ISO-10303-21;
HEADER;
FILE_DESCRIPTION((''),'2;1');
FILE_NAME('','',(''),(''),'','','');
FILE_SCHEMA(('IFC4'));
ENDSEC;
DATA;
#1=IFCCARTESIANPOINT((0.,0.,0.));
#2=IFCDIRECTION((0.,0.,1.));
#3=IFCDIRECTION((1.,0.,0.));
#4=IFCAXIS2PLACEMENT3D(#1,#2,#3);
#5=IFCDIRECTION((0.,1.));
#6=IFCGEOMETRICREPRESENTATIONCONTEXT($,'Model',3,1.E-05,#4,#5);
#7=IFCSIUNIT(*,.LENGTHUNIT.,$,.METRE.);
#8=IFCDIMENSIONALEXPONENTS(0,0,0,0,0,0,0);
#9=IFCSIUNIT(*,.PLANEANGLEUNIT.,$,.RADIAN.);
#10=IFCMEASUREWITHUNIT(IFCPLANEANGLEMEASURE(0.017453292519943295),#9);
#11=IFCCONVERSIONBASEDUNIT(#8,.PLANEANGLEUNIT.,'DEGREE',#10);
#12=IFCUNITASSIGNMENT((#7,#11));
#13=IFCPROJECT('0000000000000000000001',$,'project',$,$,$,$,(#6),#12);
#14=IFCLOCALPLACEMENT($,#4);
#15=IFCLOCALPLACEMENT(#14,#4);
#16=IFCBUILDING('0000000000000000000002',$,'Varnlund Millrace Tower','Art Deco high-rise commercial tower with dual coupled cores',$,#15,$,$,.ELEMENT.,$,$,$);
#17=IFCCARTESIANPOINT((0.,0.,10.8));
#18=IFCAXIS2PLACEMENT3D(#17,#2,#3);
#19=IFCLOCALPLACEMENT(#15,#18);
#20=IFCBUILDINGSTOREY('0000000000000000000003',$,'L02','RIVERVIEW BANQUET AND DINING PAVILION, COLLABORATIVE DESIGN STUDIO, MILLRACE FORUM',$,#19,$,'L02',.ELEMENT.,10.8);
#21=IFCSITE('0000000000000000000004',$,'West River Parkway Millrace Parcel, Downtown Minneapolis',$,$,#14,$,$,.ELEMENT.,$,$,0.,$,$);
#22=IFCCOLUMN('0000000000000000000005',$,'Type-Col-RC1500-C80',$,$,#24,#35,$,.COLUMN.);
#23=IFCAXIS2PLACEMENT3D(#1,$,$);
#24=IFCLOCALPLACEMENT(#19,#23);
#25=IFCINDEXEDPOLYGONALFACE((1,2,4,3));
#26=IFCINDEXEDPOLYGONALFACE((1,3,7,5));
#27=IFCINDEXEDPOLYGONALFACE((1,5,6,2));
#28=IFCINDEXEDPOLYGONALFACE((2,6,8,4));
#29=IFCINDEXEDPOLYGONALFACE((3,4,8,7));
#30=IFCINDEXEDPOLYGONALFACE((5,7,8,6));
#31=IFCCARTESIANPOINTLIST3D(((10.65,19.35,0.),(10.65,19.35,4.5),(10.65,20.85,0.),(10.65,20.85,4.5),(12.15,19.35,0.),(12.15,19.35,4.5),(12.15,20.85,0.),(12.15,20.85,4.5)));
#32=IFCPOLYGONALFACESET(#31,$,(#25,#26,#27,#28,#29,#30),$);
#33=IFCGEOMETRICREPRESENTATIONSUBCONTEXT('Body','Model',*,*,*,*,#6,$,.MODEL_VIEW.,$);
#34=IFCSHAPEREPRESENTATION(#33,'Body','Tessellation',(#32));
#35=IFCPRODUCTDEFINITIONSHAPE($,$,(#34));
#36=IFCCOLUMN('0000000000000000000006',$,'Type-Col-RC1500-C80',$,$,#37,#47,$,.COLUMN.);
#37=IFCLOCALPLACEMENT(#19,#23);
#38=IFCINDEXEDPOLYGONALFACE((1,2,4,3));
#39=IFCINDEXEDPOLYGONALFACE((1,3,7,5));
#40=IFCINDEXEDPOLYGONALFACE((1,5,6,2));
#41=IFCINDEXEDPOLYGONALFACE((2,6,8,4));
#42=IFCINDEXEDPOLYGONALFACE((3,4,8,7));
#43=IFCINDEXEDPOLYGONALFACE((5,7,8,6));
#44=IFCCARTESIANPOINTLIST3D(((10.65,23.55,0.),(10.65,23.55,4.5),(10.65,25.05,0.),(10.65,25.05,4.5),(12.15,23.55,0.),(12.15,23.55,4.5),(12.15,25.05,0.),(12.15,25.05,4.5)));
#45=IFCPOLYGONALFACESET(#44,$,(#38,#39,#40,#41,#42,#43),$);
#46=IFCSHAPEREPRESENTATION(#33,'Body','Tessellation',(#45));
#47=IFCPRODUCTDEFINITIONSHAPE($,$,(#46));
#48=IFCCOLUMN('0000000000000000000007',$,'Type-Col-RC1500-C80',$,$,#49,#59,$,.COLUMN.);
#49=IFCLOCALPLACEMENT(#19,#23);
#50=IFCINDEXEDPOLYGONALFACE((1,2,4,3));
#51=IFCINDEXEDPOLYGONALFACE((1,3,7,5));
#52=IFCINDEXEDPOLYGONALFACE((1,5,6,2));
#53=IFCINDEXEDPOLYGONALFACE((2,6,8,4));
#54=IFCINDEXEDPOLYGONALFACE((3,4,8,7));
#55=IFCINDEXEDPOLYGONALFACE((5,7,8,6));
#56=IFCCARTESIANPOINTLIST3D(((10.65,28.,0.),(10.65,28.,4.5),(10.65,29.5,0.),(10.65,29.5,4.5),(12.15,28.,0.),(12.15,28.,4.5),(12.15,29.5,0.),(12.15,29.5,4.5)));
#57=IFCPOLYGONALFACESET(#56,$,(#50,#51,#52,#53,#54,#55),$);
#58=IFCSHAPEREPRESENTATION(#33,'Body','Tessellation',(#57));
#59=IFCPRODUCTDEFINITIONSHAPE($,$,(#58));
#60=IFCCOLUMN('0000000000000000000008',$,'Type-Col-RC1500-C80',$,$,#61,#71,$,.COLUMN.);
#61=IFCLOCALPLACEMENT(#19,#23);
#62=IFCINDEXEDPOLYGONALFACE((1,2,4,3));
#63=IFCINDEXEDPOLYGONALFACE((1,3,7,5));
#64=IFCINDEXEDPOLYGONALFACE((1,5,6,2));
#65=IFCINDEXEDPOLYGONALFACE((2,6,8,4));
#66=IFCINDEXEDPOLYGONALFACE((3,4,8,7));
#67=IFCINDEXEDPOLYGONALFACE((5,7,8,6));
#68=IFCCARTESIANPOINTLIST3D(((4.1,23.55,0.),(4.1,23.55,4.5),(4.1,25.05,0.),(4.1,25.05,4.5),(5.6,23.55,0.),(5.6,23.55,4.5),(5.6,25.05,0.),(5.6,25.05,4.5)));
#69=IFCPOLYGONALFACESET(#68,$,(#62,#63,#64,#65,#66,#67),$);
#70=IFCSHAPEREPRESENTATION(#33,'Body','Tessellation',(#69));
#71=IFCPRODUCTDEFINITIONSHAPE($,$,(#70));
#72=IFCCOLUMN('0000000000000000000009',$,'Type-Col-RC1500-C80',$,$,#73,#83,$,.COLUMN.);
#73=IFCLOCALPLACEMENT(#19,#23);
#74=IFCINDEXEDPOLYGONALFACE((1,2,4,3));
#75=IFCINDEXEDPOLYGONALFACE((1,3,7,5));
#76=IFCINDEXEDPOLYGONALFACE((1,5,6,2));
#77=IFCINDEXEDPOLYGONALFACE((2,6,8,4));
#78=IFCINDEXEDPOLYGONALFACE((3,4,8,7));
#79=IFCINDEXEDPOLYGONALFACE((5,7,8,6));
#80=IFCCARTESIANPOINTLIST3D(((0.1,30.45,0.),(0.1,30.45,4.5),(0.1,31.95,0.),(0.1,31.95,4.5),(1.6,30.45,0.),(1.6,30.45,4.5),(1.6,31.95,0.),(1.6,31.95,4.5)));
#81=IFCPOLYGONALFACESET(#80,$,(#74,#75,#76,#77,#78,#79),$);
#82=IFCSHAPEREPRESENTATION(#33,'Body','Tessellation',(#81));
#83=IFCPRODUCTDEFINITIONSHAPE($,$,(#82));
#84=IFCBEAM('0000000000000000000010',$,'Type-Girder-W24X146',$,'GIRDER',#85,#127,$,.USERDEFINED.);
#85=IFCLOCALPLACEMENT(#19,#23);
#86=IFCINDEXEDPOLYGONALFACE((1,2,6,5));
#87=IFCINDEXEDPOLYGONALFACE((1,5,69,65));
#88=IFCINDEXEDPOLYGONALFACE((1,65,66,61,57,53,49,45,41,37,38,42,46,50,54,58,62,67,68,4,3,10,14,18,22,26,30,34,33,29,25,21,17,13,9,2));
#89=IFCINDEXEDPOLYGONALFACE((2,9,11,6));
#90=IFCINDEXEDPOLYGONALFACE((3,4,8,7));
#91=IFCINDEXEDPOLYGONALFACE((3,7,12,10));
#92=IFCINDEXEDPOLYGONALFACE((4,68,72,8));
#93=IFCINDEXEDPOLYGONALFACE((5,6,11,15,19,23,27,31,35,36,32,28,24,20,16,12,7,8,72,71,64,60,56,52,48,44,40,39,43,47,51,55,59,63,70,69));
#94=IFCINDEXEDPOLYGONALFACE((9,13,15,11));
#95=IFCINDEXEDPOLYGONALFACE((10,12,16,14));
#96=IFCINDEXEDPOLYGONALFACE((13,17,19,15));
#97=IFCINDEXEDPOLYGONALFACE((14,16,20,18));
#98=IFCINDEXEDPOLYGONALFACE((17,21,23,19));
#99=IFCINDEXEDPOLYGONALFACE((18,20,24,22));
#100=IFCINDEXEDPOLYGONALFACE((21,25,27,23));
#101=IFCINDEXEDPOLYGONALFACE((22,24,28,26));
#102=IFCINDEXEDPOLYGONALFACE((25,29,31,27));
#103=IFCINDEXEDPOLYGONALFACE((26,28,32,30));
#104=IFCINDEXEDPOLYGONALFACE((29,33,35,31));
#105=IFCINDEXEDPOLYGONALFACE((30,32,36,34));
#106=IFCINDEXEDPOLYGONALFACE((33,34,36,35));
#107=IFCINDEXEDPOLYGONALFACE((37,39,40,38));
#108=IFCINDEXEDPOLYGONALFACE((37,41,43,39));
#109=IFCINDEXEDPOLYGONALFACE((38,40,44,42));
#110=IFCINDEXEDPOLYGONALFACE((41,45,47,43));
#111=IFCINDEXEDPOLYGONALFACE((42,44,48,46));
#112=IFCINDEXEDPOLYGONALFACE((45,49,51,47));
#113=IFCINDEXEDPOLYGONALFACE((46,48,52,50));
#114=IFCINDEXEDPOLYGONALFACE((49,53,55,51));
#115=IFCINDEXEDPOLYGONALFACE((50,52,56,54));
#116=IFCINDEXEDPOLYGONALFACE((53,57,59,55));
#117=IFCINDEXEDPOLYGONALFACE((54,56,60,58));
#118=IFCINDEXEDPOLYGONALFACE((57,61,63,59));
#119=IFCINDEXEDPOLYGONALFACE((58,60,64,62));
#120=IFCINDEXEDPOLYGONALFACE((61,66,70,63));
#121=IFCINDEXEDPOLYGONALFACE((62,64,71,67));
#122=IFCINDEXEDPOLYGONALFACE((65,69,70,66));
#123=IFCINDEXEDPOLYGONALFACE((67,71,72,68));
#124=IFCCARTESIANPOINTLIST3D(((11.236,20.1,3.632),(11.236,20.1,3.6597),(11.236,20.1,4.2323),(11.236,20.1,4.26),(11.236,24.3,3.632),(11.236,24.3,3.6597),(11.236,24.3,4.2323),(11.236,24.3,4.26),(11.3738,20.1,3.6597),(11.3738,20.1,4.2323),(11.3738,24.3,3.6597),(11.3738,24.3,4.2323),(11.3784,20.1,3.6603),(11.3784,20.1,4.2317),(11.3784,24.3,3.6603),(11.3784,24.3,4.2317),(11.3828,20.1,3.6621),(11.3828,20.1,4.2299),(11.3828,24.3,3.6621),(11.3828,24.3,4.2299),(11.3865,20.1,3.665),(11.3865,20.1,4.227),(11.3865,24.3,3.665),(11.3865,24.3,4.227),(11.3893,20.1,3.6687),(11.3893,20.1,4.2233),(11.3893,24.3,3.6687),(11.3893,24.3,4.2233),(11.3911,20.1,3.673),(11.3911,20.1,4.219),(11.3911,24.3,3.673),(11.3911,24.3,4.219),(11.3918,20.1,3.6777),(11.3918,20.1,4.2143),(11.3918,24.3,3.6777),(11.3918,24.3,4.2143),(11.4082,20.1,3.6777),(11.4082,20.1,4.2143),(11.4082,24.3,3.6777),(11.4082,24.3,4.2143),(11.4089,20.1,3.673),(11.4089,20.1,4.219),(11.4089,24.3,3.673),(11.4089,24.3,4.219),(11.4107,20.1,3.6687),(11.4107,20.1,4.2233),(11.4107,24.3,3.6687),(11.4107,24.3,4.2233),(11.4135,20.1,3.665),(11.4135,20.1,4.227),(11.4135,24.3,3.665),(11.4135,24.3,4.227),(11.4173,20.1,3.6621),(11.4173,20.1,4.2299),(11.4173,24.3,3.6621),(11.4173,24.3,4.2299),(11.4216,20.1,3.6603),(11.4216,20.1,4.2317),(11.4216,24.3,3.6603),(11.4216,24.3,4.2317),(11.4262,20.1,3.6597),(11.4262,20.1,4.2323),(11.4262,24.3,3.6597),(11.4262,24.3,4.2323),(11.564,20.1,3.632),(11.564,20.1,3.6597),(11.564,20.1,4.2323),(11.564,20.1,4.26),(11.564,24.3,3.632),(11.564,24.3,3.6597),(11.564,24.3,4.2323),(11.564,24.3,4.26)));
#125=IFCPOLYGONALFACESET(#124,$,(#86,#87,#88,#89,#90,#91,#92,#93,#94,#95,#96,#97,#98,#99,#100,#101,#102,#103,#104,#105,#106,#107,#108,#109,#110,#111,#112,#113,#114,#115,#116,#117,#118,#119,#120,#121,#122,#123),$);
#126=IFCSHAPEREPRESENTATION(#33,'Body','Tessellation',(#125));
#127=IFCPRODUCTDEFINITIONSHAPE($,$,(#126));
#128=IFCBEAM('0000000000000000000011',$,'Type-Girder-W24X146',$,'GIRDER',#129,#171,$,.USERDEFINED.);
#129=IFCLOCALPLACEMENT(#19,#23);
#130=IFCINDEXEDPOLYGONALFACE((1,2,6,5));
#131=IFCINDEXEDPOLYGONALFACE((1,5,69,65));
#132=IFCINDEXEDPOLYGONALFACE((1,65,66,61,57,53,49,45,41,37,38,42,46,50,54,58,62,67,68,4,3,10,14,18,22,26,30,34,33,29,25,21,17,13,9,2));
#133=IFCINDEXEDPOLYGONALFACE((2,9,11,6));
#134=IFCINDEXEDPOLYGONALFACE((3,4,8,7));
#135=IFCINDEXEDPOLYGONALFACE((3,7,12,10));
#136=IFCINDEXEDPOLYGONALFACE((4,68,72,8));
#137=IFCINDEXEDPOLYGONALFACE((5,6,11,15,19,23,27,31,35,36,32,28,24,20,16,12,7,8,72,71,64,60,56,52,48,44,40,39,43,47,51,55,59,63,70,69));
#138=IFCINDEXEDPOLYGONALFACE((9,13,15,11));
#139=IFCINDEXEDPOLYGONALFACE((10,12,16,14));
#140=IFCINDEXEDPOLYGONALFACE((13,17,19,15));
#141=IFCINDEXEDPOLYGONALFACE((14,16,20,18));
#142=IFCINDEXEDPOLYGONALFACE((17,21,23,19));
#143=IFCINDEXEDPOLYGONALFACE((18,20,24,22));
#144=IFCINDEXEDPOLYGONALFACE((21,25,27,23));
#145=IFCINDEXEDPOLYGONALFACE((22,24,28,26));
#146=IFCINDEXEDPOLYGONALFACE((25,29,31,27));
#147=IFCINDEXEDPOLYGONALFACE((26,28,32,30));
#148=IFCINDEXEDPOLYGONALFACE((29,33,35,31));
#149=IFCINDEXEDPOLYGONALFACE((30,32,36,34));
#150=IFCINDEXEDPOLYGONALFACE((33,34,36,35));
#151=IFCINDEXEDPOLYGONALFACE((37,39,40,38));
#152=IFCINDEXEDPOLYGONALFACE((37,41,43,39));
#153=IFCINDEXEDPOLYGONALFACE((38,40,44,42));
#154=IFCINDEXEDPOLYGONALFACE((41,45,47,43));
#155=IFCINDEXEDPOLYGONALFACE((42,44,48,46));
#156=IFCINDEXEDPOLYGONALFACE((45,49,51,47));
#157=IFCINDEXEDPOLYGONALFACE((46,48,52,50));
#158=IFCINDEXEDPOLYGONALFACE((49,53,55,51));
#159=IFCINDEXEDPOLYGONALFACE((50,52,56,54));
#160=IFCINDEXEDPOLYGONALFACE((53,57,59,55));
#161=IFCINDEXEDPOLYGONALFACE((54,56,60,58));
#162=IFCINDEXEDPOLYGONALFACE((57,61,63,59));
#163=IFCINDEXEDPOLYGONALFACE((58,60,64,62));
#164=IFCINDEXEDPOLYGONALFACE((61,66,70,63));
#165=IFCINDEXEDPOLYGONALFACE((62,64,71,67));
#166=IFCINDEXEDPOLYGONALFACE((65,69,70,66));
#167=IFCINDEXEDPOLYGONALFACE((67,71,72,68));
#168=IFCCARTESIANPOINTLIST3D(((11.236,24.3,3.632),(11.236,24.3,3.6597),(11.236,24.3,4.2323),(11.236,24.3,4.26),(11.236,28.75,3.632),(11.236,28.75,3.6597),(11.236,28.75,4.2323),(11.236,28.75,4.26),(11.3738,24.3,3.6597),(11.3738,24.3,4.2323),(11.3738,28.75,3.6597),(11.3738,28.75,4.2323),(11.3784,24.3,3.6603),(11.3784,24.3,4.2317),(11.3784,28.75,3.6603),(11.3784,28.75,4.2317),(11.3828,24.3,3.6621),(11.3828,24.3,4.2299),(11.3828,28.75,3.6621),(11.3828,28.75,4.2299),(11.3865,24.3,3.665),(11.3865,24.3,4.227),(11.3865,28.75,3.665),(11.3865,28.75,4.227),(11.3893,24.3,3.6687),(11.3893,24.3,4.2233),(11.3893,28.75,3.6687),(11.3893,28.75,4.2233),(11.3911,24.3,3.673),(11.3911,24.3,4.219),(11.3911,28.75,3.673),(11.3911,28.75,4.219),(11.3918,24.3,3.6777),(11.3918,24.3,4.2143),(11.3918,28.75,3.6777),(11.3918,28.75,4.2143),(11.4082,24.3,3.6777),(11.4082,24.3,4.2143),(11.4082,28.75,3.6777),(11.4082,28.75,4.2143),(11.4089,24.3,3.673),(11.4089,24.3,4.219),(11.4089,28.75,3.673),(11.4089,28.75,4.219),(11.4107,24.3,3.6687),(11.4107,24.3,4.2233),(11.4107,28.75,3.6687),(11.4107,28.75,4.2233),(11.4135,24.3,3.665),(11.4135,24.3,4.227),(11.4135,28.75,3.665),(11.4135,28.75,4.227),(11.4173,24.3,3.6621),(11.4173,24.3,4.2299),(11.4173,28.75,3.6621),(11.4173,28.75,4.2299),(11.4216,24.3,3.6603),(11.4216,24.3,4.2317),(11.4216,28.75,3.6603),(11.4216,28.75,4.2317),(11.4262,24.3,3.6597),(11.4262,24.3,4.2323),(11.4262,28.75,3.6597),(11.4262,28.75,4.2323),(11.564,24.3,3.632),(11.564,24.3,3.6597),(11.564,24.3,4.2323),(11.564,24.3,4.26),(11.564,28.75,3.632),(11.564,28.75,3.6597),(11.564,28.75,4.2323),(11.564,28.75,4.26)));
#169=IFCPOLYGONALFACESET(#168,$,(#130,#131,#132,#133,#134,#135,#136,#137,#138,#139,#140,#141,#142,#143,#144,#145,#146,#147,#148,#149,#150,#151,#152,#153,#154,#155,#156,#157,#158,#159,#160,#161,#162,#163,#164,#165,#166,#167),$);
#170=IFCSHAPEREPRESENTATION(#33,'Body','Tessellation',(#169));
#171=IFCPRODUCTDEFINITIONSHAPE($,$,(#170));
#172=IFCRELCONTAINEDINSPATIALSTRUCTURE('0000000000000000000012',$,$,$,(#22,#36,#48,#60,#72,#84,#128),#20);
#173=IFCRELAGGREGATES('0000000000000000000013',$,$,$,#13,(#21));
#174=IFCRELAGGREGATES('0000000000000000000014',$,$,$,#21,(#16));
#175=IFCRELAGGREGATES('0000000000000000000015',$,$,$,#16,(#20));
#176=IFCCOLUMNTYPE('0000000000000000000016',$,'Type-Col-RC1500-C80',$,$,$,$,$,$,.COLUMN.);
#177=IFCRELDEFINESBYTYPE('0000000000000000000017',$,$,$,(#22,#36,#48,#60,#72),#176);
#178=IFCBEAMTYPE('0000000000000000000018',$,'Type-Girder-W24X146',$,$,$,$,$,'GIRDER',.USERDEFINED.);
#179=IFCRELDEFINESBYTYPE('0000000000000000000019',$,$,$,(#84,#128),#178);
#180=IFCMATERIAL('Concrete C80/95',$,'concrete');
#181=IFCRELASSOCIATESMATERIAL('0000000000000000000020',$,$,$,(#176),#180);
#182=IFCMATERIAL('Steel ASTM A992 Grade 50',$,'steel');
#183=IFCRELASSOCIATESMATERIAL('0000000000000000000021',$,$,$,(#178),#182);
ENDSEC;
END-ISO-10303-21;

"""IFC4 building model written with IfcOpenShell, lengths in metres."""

from ifc_helpers import new_model, entity, si_unit, converted_unit, direction, frame, origin_with_axes, origin_2d_with_axis, place, context, subcontext, project, spatial, rectangle, i_section, extrude, material, material_profile, profile_set, type_object, element, save


model = new_model("IFC4")

# Units and contexts
model_context = context("Model", 3, precision=1e-05, world=origin_with_axes(), true_north=direction((0.0, 1.0)))
body_context = subcontext(model_context, "Body", "Model", "MODEL_VIEW")
ifc_project = project(units=[si_unit("LENGTHUNIT", "METRE"), converted_unit("PLANEANGLEUNIT", "DEGREE", entity("IfcPlaneAngleMeasure", 0.017453292519943295), si_unit("PLANEANGLEUNIT", "RADIAN"), dimensions=[0, 0, 0, 0, 0, 0, 0])], contexts=[model_context])

# Site, building, storey
site_placement = place(None, origin_with_axes())
site = spatial("IfcSite", under=ifc_project, at=site_placement, Name="West River Parkway Millrace Parcel, Downtown Minneapolis", CompositionType="ELEMENT", RefElevation=0.0)
building_placement = place(site_placement, origin_with_axes())
building = spatial("IfcBuilding", under=site, at=building_placement, Name="Varnlund Millrace Tower", Description="Art Deco high-rise commercial tower with dual coupled cores", CompositionType="ELEMENT")
storey_placement = place(building_placement, frame((0.0, 0.0, 10.8), z_axis=(0.0, 0.0, 1.0), x_axis=(1.0, 0.0, 0.0)))
storey = spatial("IfcBuildingStorey", under=building, at=storey_placement, Name="L02", Description="RIVERVIEW BANQUET AND DINING PAVILION, COLLABORATIVE DESIGN STUDIO, MILLRACE FORUM", LongName="L02", CompositionType="ELEMENT", Elevation=10.8)

# Columns
ifc_material_1 = material(Name="Concrete C80/95", Category="concrete")
ifc_material_profile_1 = material_profile(ifc_material_1, rectangle(XDim=1.5, YDim=1.5, at=origin_2d_with_axis()), Name="Concrete C80/95")
ifc_profile_set_1 = profile_set([ifc_material_profile_1], Name="Concrete C80/95")
column_type = type_object("IfcColumnType", Name="Type-Col-RC1500-C80", PredefinedType="COLUMN", material=ifc_profile_set_1)
for number, where, z_axis, x_axis, name in (
    (1, (11.4, 20.1, 0.0), (0.0, 0.0, 1.0), (1.0, 0.0, 0.0), "Type-Col-RC1500-C80"),
    (2, (11.4, 24.3, 0.0), (0.0, 0.0, 1.0), (1.0, 0.0, 0.0), "Type-Col-RC1500-C80"),
    (3, (11.4, 28.75, 0.0), (0.0, 0.0, 1.0), (1.0, 0.0, 0.0), "Type-Col-RC1500-C80"),
    (4, (4.85, 24.3, 0.0), (0.0, 0.0, 1.0), (1.0, 0.0, 0.0), "Type-Col-RC1500-C80"),
    (5, (0.85, 31.2, 0.0), (0.0, 0.0, 1.0), (1.0, 0.0, 0.0), "Type-Col-RC1500-C80"),
):
    element("IfcColumn", number, at=place(storey_placement, frame(where, z_axis=z_axis, x_axis=x_axis)), inside=storey, type_object=column_type, Name=name, PredefinedType="COLUMN", context=body_context, shape_type="SweptSolid", body=[
        extrude(rectangle(XDim=1.5, YDim=1.5, at=origin_2d_with_axis()), origin_with_axes(), (0.0, 0.0, 1.0), 4.5),
    ])

# Beams
ifc_material_2 = material(Name="Steel ASTM A992 Grade 50", Category="steel")
ifc_material_profile_2 = material_profile(ifc_material_2, i_section(OverallWidth=0.328, OverallDepth=0.628, WebThickness=0.0165, FlangeThickness=0.0277, FilletRadius=0.018, at=origin_2d_with_axis()), Name="Steel ASTM A992 Grade 50")
ifc_profile_set_2 = profile_set([ifc_material_profile_2], Name="Steel ASTM A992 Grade 50")
beam_type_1 = type_object("IfcBeamType", Name="Type-Girder-W24X146", ElementType="GIRDER", PredefinedType="USERDEFINED", material=ifc_profile_set_2)
beam_1_placement = place(storey_placement, frame((11.4, 20.1, 3.946), z_axis=(0.0, 1.0, 0.0), x_axis=(-1.0, 0.0, 0.0)))
element("IfcBeam", 6, at=beam_1_placement, inside=storey, type_object=beam_type_1, Name="Type-Girder-W24X146", ObjectType="GIRDER", PredefinedType="USERDEFINED", context=body_context, shape_type="SweptSolid", body=[
    extrude(i_section(OverallWidth=0.328, OverallDepth=0.628, WebThickness=0.0165, FlangeThickness=0.0277, FilletRadius=0.018, at=origin_2d_with_axis()), origin_with_axes(), (0.0, 0.0, 1.0), 4.2),
])
beam_2_placement = place(storey_placement, frame((11.4, 24.3, 3.946), z_axis=(0.0, 1.0, 0.0), x_axis=(-1.0, 0.0, 0.0)))
element("IfcBeam", 7, at=beam_2_placement, inside=storey, type_object=beam_type_1, Name="Type-Girder-W24X146", ObjectType="GIRDER", PredefinedType="USERDEFINED", context=body_context, shape_type="SweptSolid", body=[
    extrude(i_section(OverallWidth=0.328, OverallDepth=0.628, WebThickness=0.0165, FlangeThickness=0.0277, FilletRadius=0.018, at=origin_2d_with_axis()), origin_with_axes(), (0.0, 0.0, 1.0), 4.45),
])

save(model, "model.ifc")
